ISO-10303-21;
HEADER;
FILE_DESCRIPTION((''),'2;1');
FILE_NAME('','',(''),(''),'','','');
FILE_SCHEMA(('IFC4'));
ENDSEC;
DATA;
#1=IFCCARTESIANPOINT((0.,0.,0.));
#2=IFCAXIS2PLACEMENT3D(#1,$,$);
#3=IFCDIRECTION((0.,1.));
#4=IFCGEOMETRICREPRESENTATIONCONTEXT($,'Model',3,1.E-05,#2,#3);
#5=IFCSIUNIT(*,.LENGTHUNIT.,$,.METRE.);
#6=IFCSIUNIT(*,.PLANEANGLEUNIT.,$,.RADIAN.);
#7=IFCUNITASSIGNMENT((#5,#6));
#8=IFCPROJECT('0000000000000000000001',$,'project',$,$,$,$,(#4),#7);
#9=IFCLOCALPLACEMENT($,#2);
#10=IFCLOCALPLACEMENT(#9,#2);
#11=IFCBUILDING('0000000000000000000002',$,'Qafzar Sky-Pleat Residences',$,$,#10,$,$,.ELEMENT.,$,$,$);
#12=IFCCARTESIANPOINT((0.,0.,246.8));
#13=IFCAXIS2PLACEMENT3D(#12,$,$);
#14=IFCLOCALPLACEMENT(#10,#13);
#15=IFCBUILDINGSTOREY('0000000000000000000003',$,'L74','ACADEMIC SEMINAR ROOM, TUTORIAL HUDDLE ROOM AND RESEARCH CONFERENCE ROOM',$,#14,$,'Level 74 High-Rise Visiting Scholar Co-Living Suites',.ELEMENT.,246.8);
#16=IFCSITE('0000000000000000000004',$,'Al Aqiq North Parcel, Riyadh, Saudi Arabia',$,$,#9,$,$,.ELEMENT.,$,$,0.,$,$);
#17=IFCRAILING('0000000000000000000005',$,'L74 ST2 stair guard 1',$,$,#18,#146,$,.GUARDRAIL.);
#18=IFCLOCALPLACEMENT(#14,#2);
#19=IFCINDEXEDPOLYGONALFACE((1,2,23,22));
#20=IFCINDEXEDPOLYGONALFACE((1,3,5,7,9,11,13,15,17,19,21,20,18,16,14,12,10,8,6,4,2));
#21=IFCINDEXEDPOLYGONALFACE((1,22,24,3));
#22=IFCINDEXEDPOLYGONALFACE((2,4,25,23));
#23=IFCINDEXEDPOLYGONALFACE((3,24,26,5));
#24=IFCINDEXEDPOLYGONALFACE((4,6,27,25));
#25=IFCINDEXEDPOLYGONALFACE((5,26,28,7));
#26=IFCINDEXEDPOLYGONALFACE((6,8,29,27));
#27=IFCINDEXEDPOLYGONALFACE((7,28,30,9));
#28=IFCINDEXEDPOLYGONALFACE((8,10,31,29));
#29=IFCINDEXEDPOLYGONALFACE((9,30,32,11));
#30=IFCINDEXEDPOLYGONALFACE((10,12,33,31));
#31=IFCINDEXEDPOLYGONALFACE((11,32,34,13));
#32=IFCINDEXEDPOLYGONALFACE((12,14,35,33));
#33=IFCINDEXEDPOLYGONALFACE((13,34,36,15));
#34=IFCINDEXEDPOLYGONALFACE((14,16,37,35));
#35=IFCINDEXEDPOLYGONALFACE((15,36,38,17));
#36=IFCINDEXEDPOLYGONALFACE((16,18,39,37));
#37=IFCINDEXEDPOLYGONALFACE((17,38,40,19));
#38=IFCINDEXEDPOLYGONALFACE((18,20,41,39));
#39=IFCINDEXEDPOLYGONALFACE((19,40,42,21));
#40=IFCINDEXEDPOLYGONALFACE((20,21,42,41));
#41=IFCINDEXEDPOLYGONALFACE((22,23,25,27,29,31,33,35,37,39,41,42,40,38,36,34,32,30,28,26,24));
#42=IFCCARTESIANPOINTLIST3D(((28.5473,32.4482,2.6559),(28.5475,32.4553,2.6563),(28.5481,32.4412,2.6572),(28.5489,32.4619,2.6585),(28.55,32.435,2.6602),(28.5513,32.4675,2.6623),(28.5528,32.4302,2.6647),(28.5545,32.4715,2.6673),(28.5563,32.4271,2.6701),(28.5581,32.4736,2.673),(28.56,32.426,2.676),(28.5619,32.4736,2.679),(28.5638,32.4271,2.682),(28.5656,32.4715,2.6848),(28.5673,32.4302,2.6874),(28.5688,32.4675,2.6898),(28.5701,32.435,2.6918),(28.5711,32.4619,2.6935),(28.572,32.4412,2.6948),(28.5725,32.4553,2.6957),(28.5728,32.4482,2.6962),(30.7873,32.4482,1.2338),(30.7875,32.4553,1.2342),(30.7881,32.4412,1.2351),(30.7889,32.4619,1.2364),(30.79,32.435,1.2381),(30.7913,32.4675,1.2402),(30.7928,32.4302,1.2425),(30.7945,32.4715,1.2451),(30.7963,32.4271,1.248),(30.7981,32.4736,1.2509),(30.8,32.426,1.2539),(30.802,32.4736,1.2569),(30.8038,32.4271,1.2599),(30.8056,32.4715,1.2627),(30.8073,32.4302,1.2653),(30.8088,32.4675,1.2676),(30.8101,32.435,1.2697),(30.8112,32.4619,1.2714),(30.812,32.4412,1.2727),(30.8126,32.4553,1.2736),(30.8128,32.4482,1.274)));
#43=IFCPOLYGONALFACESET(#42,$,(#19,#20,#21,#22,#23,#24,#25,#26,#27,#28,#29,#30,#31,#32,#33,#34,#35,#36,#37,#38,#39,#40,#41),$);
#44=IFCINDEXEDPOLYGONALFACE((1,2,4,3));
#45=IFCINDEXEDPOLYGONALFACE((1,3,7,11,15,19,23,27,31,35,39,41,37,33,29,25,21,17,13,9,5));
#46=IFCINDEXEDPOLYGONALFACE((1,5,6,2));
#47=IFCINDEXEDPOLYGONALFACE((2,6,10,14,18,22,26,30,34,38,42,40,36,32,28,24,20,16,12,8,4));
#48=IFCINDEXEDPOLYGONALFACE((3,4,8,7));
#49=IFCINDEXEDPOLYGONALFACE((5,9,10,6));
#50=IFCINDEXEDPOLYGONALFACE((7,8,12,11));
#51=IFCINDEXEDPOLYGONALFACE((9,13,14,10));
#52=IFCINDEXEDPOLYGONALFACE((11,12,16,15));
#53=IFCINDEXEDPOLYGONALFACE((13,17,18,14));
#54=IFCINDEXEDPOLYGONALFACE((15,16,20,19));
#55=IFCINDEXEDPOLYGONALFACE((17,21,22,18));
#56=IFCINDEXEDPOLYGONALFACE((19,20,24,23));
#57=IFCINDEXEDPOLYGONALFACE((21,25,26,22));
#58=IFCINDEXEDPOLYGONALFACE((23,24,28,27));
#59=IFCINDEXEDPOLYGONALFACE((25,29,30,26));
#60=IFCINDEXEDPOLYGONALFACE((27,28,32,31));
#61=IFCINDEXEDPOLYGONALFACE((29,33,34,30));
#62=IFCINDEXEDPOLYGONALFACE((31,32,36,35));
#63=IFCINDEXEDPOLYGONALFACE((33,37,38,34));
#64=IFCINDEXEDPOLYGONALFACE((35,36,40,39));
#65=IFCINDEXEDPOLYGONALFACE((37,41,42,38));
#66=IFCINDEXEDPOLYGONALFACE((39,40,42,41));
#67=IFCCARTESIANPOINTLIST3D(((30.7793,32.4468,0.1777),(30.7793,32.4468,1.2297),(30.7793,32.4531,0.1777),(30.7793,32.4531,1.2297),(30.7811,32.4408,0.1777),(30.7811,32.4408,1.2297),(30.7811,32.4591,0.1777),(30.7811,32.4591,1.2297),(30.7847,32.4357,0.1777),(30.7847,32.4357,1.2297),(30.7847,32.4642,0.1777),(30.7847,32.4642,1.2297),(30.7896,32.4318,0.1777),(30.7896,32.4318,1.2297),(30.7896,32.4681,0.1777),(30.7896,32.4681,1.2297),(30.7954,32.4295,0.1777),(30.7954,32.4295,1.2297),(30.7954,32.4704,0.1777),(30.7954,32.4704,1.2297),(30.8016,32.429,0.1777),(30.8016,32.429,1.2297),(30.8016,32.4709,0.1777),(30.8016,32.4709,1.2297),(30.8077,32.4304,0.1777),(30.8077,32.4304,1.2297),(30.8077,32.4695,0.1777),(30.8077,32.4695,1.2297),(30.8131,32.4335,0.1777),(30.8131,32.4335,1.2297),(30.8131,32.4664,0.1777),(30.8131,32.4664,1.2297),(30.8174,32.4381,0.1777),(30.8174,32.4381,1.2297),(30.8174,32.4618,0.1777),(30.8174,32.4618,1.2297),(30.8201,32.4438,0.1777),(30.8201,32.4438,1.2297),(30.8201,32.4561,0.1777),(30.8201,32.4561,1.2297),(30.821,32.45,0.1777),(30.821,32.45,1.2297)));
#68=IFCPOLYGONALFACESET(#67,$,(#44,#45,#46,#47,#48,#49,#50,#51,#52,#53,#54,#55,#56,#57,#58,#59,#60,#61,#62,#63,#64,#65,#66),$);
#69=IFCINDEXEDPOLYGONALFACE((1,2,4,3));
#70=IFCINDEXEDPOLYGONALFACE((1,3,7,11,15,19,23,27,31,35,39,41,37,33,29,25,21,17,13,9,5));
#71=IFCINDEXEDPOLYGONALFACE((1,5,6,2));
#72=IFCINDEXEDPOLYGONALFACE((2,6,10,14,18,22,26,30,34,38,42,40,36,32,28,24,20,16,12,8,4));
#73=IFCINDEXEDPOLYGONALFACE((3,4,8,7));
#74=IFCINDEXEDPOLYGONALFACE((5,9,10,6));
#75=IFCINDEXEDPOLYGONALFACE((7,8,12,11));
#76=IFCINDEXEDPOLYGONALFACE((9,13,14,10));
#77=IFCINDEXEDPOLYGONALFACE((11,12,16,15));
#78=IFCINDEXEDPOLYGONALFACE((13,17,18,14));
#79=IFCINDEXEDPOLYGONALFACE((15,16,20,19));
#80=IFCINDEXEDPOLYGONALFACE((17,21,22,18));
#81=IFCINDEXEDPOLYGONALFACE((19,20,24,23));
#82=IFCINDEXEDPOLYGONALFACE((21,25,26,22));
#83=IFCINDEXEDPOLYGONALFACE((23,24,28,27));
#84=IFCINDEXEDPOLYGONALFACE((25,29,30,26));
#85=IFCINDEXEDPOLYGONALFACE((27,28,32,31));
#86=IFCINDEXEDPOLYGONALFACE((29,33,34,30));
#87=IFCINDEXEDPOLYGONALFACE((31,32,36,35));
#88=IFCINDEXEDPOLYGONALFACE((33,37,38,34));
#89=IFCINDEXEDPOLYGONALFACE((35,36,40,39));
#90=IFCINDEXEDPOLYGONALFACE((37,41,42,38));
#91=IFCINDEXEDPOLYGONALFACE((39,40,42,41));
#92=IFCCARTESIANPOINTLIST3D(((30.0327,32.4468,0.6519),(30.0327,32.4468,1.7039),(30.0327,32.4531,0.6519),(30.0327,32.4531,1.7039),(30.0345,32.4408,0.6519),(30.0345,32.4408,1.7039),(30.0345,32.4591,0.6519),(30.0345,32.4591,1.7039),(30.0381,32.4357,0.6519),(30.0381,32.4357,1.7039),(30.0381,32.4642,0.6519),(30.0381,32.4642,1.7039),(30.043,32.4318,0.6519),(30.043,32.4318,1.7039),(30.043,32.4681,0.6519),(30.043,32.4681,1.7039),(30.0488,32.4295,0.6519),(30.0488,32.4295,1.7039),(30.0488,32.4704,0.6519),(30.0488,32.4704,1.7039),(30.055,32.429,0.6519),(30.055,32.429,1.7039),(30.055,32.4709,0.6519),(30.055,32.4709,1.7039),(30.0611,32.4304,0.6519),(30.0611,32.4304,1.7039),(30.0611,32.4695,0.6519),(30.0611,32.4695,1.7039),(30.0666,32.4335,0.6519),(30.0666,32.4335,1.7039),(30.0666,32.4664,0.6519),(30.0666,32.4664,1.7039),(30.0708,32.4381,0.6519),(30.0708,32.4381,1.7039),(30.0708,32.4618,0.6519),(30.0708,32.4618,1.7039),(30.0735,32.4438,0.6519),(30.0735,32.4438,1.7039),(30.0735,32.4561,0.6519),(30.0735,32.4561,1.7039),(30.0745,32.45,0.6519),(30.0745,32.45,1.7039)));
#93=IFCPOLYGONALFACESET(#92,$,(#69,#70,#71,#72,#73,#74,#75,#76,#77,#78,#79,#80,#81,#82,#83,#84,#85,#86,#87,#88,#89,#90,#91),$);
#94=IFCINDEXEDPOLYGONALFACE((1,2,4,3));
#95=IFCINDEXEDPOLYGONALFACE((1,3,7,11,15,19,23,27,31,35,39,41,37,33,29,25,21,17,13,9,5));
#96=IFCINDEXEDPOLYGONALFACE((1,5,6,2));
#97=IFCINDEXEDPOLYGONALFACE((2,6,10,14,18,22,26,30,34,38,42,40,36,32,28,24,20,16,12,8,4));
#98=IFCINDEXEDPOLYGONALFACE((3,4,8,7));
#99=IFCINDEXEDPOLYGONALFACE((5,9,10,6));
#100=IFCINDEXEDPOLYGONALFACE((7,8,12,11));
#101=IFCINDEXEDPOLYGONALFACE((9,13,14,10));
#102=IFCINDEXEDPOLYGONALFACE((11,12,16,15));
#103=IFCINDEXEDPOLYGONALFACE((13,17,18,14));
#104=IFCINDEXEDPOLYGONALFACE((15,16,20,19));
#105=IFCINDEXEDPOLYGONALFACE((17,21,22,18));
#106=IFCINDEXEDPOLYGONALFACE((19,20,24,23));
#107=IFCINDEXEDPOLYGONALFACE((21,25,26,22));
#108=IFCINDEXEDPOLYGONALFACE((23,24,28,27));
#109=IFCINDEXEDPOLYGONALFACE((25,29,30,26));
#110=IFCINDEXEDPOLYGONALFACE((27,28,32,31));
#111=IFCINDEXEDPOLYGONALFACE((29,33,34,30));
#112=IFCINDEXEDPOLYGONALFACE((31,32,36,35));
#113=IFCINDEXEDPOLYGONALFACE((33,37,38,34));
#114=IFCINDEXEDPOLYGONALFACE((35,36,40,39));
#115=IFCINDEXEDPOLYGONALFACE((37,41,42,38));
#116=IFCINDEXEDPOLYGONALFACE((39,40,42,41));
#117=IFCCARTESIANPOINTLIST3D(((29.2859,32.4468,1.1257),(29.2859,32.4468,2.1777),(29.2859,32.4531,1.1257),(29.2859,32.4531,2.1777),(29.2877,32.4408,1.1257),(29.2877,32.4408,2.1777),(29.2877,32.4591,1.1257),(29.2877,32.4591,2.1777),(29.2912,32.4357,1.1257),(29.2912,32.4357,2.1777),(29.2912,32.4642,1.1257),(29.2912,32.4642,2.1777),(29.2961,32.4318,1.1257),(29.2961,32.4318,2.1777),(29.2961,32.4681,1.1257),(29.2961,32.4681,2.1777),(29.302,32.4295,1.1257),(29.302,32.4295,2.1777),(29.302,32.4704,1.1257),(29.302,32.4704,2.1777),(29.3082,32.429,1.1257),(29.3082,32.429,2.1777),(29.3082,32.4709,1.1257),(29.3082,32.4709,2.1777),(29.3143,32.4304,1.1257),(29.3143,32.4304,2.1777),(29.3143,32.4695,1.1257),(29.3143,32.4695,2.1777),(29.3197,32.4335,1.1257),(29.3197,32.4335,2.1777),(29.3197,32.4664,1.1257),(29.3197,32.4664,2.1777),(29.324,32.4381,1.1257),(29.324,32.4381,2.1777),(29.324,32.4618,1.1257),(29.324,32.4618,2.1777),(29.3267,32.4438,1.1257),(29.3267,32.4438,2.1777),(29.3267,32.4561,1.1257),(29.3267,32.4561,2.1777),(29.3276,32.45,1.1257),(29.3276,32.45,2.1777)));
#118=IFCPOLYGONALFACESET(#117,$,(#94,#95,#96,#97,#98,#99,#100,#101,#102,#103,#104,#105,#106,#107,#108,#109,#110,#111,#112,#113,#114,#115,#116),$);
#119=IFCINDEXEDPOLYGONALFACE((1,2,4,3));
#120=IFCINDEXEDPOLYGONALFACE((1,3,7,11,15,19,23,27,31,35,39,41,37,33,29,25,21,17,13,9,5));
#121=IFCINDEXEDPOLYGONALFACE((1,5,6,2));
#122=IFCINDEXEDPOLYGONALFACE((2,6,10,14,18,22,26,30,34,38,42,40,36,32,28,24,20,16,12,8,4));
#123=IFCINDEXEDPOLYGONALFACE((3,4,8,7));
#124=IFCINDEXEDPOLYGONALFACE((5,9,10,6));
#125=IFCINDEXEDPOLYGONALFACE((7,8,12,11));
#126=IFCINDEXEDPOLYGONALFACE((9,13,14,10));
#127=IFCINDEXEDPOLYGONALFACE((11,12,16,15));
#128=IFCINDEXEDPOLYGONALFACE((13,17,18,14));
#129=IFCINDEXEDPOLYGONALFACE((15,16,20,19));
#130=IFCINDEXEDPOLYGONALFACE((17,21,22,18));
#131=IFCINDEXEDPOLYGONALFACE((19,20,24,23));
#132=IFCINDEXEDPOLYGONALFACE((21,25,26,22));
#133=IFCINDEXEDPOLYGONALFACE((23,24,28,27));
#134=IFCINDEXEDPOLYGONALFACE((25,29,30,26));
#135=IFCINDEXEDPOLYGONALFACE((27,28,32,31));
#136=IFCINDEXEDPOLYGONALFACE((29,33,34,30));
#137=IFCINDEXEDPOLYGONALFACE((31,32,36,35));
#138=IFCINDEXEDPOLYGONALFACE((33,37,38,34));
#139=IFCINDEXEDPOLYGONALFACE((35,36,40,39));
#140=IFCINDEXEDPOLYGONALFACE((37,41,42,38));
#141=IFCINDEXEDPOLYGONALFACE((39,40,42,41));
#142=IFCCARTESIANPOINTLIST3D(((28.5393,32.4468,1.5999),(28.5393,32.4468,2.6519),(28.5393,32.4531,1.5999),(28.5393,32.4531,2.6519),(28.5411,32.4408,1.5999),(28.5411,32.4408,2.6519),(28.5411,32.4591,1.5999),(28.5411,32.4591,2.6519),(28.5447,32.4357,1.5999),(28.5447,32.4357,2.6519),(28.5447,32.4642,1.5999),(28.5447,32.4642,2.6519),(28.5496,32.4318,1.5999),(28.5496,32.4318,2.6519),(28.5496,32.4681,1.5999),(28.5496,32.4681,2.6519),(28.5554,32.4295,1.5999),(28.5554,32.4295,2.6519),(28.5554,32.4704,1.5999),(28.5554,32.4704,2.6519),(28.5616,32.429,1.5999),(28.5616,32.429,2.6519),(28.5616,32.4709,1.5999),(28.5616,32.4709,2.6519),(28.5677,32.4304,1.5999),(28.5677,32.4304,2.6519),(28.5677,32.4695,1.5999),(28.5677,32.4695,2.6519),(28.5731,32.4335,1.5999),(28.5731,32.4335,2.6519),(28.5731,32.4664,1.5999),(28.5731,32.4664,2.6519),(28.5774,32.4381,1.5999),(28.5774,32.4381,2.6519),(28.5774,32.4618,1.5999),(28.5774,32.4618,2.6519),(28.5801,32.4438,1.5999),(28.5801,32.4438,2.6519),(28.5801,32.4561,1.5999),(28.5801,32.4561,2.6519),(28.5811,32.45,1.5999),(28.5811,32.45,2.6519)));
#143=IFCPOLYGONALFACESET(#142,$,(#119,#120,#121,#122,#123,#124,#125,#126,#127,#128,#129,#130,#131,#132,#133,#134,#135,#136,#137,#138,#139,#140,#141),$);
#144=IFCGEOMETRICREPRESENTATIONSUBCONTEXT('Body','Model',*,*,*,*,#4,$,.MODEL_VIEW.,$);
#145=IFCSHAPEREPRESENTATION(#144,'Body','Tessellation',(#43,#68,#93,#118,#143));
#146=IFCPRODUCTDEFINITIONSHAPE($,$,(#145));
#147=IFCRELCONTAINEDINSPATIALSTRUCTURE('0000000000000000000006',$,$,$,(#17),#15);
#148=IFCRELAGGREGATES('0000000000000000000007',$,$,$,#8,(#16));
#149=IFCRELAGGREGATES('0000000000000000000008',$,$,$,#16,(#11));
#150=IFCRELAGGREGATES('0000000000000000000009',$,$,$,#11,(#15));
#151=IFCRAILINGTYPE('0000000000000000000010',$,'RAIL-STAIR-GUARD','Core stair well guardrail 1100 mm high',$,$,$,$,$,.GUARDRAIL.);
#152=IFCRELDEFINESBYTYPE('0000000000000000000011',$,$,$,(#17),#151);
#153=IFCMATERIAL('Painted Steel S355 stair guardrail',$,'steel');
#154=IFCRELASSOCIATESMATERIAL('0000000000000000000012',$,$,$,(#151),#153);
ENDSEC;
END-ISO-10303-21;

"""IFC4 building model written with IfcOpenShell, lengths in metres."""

from ifc_helpers import new_model, si_unit, direction, frame, origin, origin_2d, place, context, subcontext, project, spatial, circle, extrude, source, transform, mapped, material, type_object, element, save


model = new_model("IFC4")

# Units and contexts
model_context = context("Model", 3, precision=1e-05, world=origin(), true_north=direction((0.0, 1.0)))
body_context = subcontext(model_context, "Body", "Model", "MODEL_VIEW")
ifc_project = project(units=[si_unit("LENGTHUNIT", "METRE"), si_unit("PLANEANGLEUNIT", "RADIAN")], contexts=[model_context])

# Site, building, storey
site_placement = place(None, origin())
site = spatial("IfcSite", under=ifc_project, at=site_placement, Name="Al Aqiq North Parcel, Riyadh, Saudi Arabia", CompositionType="ELEMENT", RefElevation=0.0)
building_placement = place(site_placement, origin())
building = spatial("IfcBuilding", under=site, at=building_placement, Name="Qafzar Sky-Pleat Residences", CompositionType="ELEMENT")
storey_placement = place(building_placement, frame((0.0, 0.0, 246.8)))
storey = spatial("IfcBuildingStorey", under=building, at=storey_placement, Name="L74", Description="ACADEMIC SEMINAR ROOM, TUTORIAL HUDDLE ROOM AND RESEARCH CONFERENCE ROOM", LongName="Level 74 High-Rise Visiting Scholar Co-Living Suites", CompositionType="ELEMENT", Elevation=246.8)

# Railing
ifc_material_1 = material(Name="Painted Steel S355 stair guardrail", Category="steel")
railing_type_1 = type_object("IfcRailingType", Name="RAIL-STAIR-GUARD", Description="Core stair well guardrail 1100 mm high", PredefinedType="GUARDRAIL", material=ifc_material_1)
shared_shape_1 = source(origin(), body_context, "Body", "SweptSolid", [
    extrude(circle(Radius=0.0239, at=origin_2d()), frame((0.0, 0.0, 1.0762), z_axis=(-0.844229, 0.0, 0.535982), x_axis=(0.0, -1.0, 0.0)), (0.0, 0.0, 1.0), 2.6533),
    extrude(circle(Radius=0.021, at=origin_2d()), origin(), (0.0, 0.0, 1.0), 1.052),
    extrude(circle(Radius=0.021, at=origin_2d()), frame((-0.7466, 0.0, 0.4741)), (0.0, 0.0, 1.0), 1.052),
    extrude(circle(Radius=0.021, at=origin_2d()), frame((-1.4934, 0.0, 0.948)), (0.0, 0.0, 1.0), 1.052),
    extrude(circle(Radius=0.021, at=origin_2d()), frame((-2.24, 0.0, 1.4221)), (0.0, 0.0, 1.0), 1.052),
])
railing_1_placement = place(storey_placement, frame((30.8, 32.45, 0.1777)))
element("IfcRailing", 1, at=railing_1_placement, inside=storey, type_object=railing_type_1, Name="L74 ST2 stair guard 1", PredefinedType="GUARDRAIL", context=body_context, shape_type="MappedRepresentation", body=[
    mapped(shared_shape_1, transform((0.0, 0.0, 0.0), x_axis=(1.0, 0.0, 0.0), y_axis=(0.0, 1.0, 0.0), z_axis=(0.0, 0.0, 1.0), scale=1.0)),
])

save(model, "model.ifc")
